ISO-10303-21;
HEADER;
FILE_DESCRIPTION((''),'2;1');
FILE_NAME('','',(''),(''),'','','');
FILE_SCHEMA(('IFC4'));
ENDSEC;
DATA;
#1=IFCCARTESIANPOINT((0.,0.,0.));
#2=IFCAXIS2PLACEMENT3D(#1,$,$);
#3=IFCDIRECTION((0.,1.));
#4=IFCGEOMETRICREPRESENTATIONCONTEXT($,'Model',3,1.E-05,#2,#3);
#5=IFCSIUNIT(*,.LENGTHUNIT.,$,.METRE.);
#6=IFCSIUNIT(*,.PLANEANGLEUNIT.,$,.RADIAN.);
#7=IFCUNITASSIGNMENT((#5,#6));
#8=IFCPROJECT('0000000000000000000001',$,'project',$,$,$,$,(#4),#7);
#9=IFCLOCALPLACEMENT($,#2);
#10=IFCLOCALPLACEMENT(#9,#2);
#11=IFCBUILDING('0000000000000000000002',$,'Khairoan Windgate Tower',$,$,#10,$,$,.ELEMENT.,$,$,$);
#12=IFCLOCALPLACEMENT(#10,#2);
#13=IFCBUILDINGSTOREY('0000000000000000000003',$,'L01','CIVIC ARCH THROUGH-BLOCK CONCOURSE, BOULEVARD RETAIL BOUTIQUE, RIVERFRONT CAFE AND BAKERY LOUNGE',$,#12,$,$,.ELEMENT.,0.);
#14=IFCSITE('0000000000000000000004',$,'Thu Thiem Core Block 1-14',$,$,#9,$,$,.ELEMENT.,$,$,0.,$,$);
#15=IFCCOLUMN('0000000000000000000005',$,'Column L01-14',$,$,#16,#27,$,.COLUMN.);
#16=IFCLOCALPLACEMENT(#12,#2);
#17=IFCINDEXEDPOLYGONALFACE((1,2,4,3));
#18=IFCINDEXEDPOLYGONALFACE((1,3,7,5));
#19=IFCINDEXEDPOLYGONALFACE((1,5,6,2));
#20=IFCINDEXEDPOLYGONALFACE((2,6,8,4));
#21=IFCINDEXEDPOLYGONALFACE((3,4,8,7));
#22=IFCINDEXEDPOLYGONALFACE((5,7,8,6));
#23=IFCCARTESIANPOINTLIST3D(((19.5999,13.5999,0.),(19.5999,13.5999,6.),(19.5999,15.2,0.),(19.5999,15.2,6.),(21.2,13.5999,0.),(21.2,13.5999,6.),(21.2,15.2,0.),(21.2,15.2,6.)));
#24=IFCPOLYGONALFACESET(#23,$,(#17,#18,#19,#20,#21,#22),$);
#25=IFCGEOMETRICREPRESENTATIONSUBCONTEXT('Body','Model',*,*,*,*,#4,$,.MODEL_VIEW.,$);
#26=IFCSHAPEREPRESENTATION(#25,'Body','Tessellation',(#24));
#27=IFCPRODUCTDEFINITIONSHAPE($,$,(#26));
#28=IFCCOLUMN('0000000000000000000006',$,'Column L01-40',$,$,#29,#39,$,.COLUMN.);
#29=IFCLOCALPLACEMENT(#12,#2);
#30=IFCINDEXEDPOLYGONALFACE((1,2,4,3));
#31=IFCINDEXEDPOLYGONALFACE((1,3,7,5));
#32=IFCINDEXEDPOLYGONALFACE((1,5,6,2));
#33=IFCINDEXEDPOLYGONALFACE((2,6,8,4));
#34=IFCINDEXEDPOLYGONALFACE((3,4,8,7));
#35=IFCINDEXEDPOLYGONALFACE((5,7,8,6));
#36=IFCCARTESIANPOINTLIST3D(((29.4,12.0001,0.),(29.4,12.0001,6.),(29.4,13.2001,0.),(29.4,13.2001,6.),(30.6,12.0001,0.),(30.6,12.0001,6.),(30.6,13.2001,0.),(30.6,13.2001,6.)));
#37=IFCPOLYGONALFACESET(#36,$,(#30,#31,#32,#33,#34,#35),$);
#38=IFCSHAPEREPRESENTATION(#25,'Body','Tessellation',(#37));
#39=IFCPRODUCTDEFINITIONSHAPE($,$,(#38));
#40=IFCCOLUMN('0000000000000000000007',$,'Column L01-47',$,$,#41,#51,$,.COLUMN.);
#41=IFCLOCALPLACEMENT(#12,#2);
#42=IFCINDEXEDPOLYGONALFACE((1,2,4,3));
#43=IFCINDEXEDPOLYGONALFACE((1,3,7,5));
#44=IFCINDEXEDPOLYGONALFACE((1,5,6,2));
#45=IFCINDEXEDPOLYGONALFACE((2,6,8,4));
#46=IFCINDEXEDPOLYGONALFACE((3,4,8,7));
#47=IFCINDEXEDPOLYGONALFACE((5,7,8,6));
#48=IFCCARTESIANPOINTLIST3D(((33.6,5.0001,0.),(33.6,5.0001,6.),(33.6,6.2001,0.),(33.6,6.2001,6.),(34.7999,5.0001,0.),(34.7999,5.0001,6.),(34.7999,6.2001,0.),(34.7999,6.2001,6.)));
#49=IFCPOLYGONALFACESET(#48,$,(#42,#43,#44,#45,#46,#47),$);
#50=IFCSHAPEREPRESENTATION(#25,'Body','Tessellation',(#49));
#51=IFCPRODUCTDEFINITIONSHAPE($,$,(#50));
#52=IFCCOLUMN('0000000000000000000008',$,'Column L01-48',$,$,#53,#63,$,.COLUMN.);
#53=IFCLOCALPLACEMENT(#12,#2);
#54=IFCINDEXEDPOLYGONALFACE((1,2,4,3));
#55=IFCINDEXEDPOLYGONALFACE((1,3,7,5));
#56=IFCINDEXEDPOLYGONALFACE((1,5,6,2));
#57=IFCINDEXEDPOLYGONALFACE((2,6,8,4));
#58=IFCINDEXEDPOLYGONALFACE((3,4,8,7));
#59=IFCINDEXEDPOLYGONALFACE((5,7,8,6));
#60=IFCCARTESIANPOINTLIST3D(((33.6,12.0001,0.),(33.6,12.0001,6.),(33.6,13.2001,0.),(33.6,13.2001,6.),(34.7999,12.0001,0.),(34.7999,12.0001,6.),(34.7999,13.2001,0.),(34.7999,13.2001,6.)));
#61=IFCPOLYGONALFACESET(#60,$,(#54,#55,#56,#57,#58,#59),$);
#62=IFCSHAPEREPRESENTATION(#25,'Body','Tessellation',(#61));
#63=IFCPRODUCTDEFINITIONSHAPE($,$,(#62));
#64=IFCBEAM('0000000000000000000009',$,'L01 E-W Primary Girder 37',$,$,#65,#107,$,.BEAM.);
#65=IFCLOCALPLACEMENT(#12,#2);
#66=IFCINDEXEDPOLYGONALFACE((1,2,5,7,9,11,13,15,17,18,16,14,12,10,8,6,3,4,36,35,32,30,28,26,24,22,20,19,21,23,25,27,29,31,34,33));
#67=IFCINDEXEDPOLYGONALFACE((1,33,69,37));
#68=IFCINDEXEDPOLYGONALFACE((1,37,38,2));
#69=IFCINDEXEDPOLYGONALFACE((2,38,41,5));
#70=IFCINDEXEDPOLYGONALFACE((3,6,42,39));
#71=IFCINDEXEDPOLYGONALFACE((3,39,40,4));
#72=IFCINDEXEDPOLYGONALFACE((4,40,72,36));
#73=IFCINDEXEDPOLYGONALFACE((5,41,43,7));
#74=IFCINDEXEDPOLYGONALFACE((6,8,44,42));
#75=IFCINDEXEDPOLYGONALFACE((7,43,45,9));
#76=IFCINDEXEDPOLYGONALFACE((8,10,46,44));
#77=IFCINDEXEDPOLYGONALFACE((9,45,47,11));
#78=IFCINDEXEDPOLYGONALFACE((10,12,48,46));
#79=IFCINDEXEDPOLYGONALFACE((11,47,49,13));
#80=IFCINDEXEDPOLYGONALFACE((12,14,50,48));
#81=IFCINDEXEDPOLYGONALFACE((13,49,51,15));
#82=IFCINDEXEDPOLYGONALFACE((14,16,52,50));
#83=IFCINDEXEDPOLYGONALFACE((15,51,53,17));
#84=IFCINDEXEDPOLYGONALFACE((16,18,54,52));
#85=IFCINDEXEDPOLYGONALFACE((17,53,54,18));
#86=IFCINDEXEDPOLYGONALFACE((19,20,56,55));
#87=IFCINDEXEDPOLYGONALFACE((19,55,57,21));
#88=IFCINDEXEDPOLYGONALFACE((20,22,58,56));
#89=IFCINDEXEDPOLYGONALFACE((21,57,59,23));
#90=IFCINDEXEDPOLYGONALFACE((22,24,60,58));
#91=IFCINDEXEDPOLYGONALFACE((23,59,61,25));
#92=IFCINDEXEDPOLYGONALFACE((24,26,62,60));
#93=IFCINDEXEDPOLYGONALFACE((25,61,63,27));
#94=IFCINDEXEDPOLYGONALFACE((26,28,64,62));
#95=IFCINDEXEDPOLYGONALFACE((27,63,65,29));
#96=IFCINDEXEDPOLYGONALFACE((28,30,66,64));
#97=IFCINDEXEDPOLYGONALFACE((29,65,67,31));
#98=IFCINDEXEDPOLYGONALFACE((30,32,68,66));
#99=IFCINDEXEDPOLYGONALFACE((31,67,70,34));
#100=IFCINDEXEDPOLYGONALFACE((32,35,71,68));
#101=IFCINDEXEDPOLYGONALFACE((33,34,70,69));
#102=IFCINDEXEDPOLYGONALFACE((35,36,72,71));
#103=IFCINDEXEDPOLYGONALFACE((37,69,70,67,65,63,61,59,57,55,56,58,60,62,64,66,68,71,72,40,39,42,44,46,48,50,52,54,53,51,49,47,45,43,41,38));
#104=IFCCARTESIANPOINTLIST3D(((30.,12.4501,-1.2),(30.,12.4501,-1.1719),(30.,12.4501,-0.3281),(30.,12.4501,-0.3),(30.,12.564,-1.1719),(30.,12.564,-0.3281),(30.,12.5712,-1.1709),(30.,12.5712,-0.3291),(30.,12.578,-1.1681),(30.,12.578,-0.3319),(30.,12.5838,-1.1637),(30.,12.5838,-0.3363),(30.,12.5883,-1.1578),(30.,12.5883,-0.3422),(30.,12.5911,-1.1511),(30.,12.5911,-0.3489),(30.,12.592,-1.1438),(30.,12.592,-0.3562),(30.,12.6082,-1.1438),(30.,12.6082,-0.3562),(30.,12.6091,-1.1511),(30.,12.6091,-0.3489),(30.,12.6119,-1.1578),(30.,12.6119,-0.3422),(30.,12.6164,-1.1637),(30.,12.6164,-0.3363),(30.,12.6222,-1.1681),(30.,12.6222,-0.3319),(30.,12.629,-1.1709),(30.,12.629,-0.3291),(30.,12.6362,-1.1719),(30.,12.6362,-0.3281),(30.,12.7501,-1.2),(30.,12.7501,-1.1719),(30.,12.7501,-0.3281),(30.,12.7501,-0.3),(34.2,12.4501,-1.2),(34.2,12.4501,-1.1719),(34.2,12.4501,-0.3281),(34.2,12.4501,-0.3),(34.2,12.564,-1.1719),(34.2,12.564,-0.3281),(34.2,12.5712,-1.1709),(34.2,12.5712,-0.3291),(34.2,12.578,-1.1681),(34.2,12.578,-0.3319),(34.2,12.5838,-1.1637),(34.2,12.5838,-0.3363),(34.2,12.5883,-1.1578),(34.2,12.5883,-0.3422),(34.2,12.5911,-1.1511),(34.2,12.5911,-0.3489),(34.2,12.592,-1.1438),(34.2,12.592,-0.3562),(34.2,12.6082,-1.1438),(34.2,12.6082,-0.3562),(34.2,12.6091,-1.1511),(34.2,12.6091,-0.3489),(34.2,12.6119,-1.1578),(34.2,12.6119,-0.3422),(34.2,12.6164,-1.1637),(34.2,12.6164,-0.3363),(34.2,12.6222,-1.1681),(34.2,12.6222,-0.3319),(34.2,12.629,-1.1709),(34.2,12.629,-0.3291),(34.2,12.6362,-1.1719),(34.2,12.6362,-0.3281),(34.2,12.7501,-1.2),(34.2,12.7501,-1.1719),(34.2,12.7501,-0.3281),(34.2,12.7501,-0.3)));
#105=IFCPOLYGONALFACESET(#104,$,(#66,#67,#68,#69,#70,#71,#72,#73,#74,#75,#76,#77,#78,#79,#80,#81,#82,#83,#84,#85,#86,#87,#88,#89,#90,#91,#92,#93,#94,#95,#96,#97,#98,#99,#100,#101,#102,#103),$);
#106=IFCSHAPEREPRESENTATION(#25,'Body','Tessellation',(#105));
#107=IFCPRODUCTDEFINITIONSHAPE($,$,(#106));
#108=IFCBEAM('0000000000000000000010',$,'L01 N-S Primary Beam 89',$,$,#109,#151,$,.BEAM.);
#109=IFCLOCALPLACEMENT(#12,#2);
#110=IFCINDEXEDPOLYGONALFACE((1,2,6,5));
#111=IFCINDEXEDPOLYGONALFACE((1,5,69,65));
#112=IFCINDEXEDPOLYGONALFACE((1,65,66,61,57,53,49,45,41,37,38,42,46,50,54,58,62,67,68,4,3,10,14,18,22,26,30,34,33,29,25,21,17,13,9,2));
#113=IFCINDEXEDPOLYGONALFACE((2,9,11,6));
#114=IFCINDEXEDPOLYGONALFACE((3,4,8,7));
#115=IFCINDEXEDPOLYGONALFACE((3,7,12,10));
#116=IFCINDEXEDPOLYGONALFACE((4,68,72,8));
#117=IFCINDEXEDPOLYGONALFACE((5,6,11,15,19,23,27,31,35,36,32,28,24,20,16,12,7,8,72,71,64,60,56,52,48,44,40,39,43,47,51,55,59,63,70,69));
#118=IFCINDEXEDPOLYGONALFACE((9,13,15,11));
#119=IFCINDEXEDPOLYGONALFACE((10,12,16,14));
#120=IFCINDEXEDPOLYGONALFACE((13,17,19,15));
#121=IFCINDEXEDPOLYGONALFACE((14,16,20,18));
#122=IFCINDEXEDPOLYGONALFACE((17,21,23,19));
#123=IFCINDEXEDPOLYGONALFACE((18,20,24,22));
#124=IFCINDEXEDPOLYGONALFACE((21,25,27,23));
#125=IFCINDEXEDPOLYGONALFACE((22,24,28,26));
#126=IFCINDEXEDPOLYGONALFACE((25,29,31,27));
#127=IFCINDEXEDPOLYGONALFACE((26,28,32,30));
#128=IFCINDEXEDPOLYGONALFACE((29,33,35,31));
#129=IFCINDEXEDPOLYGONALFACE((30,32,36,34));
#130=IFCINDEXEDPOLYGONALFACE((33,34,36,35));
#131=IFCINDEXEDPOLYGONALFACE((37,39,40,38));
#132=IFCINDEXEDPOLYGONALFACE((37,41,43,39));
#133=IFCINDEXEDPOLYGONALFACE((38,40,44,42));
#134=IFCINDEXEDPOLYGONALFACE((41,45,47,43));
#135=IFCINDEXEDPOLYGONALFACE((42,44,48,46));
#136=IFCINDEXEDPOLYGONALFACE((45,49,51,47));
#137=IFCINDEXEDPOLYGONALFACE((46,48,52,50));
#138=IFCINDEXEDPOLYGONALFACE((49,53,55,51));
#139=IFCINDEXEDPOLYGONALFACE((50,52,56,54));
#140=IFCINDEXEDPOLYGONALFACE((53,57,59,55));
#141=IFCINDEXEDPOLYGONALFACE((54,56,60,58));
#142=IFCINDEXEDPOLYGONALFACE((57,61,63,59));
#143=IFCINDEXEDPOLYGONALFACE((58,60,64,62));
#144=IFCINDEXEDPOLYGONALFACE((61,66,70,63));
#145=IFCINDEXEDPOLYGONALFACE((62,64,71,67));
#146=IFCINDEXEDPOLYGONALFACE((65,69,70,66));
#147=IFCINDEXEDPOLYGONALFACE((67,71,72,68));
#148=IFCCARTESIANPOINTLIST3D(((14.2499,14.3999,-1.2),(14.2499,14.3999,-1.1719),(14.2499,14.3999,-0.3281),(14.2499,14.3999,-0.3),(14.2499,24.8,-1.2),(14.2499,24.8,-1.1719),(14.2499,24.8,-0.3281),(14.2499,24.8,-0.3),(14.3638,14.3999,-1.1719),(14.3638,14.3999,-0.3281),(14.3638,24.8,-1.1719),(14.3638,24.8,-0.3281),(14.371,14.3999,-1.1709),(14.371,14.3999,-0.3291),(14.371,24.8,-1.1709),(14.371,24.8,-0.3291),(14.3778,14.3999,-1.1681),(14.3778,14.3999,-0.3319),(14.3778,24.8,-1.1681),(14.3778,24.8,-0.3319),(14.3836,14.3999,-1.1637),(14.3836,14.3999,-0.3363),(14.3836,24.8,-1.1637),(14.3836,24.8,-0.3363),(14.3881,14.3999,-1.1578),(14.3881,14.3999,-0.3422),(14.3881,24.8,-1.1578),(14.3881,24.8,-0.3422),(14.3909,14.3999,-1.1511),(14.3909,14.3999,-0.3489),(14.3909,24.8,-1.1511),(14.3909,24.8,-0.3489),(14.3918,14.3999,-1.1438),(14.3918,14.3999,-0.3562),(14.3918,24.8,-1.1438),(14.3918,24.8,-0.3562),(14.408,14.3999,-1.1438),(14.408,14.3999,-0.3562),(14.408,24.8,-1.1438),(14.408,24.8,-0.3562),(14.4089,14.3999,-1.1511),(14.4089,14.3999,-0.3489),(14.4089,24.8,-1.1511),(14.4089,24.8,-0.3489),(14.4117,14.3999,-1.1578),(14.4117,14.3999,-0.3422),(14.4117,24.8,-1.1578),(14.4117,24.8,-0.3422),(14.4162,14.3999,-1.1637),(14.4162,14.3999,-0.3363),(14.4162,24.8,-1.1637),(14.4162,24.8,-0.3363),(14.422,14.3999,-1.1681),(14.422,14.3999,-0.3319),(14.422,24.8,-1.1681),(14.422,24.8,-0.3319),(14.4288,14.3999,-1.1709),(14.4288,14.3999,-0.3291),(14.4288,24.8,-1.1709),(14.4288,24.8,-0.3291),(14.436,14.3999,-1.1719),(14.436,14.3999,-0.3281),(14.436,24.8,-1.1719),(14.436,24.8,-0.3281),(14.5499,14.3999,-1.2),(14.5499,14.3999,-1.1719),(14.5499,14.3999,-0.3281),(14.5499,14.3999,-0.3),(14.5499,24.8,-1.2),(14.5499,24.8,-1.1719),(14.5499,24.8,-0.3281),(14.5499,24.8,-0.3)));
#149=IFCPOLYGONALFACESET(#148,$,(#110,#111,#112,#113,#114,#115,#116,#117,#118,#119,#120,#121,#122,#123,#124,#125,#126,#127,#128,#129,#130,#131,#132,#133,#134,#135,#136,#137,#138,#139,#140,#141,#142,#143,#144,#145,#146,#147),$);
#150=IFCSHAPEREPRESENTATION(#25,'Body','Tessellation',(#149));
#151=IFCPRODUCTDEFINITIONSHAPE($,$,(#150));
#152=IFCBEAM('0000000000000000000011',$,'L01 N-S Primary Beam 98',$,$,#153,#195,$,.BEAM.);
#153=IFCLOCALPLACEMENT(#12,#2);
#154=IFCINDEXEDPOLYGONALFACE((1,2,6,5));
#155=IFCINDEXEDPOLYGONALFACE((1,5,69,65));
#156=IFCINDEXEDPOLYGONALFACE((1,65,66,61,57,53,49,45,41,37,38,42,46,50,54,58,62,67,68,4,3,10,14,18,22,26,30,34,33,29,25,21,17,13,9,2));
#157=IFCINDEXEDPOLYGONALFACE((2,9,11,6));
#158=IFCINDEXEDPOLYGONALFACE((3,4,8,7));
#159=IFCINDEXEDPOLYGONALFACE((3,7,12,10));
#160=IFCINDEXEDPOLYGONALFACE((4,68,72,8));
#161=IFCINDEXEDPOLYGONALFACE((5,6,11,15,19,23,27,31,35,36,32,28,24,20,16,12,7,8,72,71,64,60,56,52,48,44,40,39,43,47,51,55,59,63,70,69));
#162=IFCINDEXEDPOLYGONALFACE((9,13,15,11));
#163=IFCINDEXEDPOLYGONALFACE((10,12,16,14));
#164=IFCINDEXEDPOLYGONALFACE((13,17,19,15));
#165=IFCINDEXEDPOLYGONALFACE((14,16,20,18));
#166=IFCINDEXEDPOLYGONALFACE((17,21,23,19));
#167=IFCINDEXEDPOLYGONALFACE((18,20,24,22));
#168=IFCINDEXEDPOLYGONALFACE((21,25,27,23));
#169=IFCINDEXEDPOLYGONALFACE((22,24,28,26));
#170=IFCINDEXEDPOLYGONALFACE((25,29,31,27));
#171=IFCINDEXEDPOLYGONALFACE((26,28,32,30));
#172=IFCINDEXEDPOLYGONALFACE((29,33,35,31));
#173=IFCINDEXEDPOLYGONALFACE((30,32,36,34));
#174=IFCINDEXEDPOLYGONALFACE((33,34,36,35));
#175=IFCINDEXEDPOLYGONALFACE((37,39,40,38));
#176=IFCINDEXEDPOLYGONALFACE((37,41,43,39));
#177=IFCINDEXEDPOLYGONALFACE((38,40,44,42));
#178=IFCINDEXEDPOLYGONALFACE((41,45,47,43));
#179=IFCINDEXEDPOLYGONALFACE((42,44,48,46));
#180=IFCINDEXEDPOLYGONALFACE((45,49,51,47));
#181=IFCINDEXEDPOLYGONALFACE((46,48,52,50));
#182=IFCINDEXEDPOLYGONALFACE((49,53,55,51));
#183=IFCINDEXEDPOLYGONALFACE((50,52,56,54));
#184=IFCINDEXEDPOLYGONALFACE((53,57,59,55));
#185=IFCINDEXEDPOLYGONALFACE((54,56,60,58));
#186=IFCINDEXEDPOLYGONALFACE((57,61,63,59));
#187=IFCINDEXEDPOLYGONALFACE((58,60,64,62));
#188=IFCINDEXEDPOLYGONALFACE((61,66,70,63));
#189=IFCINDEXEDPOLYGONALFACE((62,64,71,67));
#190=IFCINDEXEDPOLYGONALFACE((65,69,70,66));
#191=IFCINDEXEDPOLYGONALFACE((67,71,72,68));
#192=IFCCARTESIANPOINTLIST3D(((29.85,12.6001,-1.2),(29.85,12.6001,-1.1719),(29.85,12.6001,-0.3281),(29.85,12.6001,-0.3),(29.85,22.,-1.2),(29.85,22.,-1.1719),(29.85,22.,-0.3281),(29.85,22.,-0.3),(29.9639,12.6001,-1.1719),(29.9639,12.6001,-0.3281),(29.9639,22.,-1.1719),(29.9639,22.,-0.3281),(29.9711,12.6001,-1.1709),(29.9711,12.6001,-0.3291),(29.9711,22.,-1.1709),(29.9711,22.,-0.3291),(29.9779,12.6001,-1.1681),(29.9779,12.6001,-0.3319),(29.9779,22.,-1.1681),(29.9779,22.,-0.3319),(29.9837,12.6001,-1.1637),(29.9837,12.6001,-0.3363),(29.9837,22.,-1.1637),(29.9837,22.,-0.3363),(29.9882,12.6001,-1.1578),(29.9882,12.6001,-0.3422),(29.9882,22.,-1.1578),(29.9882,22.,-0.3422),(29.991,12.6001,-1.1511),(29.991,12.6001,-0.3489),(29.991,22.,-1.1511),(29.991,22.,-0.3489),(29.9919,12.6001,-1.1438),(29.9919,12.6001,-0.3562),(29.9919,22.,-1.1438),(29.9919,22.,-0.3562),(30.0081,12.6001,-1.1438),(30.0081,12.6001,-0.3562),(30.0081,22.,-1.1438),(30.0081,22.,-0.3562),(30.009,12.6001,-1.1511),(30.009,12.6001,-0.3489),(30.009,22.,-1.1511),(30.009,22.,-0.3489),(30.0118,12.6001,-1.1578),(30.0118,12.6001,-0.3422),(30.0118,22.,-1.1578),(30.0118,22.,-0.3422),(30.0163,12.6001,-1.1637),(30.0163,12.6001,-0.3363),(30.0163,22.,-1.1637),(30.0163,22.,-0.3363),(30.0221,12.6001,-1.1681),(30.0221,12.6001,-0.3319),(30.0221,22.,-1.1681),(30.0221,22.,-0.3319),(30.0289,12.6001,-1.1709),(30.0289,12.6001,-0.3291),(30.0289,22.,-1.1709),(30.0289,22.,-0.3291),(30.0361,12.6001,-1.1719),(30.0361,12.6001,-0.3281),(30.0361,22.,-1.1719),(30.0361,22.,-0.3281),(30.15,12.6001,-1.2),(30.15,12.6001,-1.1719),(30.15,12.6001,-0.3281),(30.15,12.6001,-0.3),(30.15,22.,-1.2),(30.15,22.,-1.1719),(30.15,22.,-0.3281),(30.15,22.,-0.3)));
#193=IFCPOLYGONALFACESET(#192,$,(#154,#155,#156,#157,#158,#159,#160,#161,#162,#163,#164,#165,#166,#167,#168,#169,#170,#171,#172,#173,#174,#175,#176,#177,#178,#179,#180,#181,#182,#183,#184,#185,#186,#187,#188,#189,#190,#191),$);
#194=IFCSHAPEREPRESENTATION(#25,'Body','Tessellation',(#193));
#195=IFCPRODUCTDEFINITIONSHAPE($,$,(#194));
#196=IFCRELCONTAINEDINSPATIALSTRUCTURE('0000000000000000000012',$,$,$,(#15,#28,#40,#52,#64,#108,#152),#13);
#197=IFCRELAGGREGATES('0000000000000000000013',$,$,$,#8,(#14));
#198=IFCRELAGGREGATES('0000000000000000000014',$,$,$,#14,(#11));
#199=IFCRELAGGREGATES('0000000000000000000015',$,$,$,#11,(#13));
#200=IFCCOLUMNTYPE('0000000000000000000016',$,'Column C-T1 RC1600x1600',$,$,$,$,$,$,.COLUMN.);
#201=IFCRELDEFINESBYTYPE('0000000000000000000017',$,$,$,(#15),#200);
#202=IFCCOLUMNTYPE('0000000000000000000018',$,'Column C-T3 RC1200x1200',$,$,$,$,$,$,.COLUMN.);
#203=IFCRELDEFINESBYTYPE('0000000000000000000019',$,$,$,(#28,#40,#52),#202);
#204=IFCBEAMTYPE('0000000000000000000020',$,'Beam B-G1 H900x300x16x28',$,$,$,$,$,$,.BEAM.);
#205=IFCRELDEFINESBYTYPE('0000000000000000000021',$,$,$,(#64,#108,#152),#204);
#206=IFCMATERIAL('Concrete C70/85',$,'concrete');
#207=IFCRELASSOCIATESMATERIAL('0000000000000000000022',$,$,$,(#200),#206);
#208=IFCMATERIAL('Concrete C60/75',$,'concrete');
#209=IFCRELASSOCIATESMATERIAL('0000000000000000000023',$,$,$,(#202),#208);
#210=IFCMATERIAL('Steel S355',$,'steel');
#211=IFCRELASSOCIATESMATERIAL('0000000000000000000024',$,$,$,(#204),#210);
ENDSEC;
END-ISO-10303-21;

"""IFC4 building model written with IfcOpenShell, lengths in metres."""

from ifc_helpers import new_model, si_unit, direction, frame, origin, origin_2d, place, context, subcontext, project, spatial, rectangle, i_section, extrude, material, material_profile, profile_set, type_object, element, save


model = new_model("IFC4")

# Units and contexts
model_context = context("Model", 3, precision=1e-05, world=origin(), true_north=direction((0.0, 1.0)))
body_context = subcontext(model_context, "Body", "Model", "MODEL_VIEW")
ifc_project = project(units=[si_unit("LENGTHUNIT", "METRE"), si_unit("PLANEANGLEUNIT", "RADIAN")], contexts=[model_context])

# Site, building, storey
site_placement = place(None, origin())
site = spatial("IfcSite", under=ifc_project, at=site_placement, Name="Thu Thiem Core Block 1-14", CompositionType="ELEMENT", RefElevation=0.0)
building_placement = place(site_placement, origin())
building = spatial("IfcBuilding", under=site, at=building_placement, Name="Khairoan Windgate Tower", CompositionType="ELEMENT")
storey_placement = place(building_placement, origin())
storey = spatial("IfcBuildingStorey", under=building, at=storey_placement, Name="L01", Description="CIVIC ARCH THROUGH-BLOCK CONCOURSE, BOULEVARD RETAIL BOUTIQUE, RIVERFRONT CAFE AND BAKERY LOUNGE", CompositionType="ELEMENT", Elevation=0.0)

# Columns
ifc_material_1 = material(Name="Concrete C70/85", Category="concrete")
ifc_material_profile_1 = material_profile(ifc_material_1, rectangle(XDim=1.6001, YDim=1.6001, at=origin_2d()))
ifc_profile_set_1 = profile_set([ifc_material_profile_1], Name="Concrete C70/85")
column_type_1 = type_object("IfcColumnType", Name="Column C-T1 RC1600x1600", PredefinedType="COLUMN", material=ifc_profile_set_1)
column_placement = place(storey_placement, frame((20.3999, 14.3999, 0.0), z_axis=(0.0, 0.0, 1.0), x_axis=(1.0, 0.0, 0.0)))
element("IfcColumn", 1, at=column_placement, inside=storey, type_object=column_type_1, Name="Column L01-14", PredefinedType="COLUMN", context=body_context, shape_type="SweptSolid", body=[
    extrude(rectangle(XDim=1.6001, YDim=1.6001, at=origin_2d()), origin(), (0.0, 0.0, 1.0), 6.0),
])
ifc_material_2 = material(Name="Concrete C60/75", Category="concrete")
ifc_material_profile_2 = material_profile(ifc_material_2, rectangle(XDim=1.2, YDim=1.2, at=origin_2d()))
ifc_profile_set_2 = profile_set([ifc_material_profile_2], Name="Concrete C60/75")
column_type_2 = type_object("IfcColumnType", Name="Column C-T3 RC1200x1200", PredefinedType="COLUMN", material=ifc_profile_set_2)
for number, where, z_axis, x_axis, name in (
    (2, (30.0, 12.6001, 0.0), (0.0, 0.0, 1.0), (1.0, 0.0, 0.0), "Column L01-40"),
    (3, (34.2, 5.6001, 0.0), (0.0, 0.0, 1.0), (1.0, 0.0, 0.0), "Column L01-47"),
    (4, (34.2, 12.6001, 0.0), (0.0, 0.0, 1.0), (1.0, 0.0, 0.0), "Column L01-48"),
):
    element("IfcColumn", number, at=place(storey_placement, frame(where, z_axis=z_axis, x_axis=x_axis)), inside=storey, type_object=column_type_2, Name=name, PredefinedType="COLUMN", context=body_context, shape_type="SweptSolid", body=[
        extrude(rectangle(XDim=1.2, YDim=1.2, at=origin_2d()), origin(), (0.0, 0.0, 1.0), 6.0),
    ])

# Beams
ifc_material_3 = material(Name="Steel S355", Category="steel")
ifc_material_profile_3 = material_profile(ifc_material_3, i_section(OverallWidth=0.3, OverallDepth=0.8999, WebThickness=0.0161, FlangeThickness=0.0281, FilletRadius=0.0281, at=origin_2d()))
ifc_profile_set_3 = profile_set([ifc_material_profile_3], Name="Steel S355")
beam_type_1 = type_object("IfcBeamType", Name="Beam B-G1 H900x300x16x28", PredefinedType="BEAM", material=ifc_profile_set_3)
beam_1_placement = place(storey_placement, frame((30.0, 12.6001, -0.75), z_axis=(1.0, 0.0, 0.0), x_axis=(0.0, 1.0, 0.0)))
element("IfcBeam", 5, at=beam_1_placement, inside=storey, type_object=beam_type_1, Name="L01 E-W Primary Girder 37", PredefinedType="BEAM", context=body_context, shape_type="SweptSolid", body=[
    extrude(i_section(OverallWidth=0.3, OverallDepth=0.8999, WebThickness=0.0161, FlangeThickness=0.0281, FilletRadius=0.0281, at=origin_2d()), origin(), (0.0, 0.0, 1.0), 4.2),
])
beam_2_placement = place(storey_placement, frame((14.3999, 14.3999, -0.75), z_axis=(0.0, 1.0, 0.0), x_axis=(-1.0, 0.0, 0.0)))
element("IfcBeam", 6, at=beam_2_placement, inside=storey, type_object=beam_type_1, Name="L01 N-S Primary Beam 89", PredefinedType="BEAM", context=body_context, shape_type="SweptSolid", body=[
    extrude(i_section(OverallWidth=0.3, OverallDepth=0.8999, WebThickness=0.0161, FlangeThickness=0.0281, FilletRadius=0.0281, at=origin_2d()), origin(), (0.0, 0.0, 1.0), 10.4001),
])
beam_3_placement = place(storey_placement, frame((30.0, 12.6001, -0.75), z_axis=(0.0, 1.0, 0.0), x_axis=(-1.0, 0.0, 0.0)))
element("IfcBeam", 7, at=beam_3_placement, inside=storey, type_object=beam_type_1, Name="L01 N-S Primary Beam 98", PredefinedType="BEAM", context=body_context, shape_type="SweptSolid", body=[
    extrude(i_section(OverallWidth=0.3, OverallDepth=0.8999, WebThickness=0.0161, FlangeThickness=0.0281, FilletRadius=0.0281, at=origin_2d()), origin(), (0.0, 0.0, 1.0), 9.3999),
])

save(model, "model.ifc")
